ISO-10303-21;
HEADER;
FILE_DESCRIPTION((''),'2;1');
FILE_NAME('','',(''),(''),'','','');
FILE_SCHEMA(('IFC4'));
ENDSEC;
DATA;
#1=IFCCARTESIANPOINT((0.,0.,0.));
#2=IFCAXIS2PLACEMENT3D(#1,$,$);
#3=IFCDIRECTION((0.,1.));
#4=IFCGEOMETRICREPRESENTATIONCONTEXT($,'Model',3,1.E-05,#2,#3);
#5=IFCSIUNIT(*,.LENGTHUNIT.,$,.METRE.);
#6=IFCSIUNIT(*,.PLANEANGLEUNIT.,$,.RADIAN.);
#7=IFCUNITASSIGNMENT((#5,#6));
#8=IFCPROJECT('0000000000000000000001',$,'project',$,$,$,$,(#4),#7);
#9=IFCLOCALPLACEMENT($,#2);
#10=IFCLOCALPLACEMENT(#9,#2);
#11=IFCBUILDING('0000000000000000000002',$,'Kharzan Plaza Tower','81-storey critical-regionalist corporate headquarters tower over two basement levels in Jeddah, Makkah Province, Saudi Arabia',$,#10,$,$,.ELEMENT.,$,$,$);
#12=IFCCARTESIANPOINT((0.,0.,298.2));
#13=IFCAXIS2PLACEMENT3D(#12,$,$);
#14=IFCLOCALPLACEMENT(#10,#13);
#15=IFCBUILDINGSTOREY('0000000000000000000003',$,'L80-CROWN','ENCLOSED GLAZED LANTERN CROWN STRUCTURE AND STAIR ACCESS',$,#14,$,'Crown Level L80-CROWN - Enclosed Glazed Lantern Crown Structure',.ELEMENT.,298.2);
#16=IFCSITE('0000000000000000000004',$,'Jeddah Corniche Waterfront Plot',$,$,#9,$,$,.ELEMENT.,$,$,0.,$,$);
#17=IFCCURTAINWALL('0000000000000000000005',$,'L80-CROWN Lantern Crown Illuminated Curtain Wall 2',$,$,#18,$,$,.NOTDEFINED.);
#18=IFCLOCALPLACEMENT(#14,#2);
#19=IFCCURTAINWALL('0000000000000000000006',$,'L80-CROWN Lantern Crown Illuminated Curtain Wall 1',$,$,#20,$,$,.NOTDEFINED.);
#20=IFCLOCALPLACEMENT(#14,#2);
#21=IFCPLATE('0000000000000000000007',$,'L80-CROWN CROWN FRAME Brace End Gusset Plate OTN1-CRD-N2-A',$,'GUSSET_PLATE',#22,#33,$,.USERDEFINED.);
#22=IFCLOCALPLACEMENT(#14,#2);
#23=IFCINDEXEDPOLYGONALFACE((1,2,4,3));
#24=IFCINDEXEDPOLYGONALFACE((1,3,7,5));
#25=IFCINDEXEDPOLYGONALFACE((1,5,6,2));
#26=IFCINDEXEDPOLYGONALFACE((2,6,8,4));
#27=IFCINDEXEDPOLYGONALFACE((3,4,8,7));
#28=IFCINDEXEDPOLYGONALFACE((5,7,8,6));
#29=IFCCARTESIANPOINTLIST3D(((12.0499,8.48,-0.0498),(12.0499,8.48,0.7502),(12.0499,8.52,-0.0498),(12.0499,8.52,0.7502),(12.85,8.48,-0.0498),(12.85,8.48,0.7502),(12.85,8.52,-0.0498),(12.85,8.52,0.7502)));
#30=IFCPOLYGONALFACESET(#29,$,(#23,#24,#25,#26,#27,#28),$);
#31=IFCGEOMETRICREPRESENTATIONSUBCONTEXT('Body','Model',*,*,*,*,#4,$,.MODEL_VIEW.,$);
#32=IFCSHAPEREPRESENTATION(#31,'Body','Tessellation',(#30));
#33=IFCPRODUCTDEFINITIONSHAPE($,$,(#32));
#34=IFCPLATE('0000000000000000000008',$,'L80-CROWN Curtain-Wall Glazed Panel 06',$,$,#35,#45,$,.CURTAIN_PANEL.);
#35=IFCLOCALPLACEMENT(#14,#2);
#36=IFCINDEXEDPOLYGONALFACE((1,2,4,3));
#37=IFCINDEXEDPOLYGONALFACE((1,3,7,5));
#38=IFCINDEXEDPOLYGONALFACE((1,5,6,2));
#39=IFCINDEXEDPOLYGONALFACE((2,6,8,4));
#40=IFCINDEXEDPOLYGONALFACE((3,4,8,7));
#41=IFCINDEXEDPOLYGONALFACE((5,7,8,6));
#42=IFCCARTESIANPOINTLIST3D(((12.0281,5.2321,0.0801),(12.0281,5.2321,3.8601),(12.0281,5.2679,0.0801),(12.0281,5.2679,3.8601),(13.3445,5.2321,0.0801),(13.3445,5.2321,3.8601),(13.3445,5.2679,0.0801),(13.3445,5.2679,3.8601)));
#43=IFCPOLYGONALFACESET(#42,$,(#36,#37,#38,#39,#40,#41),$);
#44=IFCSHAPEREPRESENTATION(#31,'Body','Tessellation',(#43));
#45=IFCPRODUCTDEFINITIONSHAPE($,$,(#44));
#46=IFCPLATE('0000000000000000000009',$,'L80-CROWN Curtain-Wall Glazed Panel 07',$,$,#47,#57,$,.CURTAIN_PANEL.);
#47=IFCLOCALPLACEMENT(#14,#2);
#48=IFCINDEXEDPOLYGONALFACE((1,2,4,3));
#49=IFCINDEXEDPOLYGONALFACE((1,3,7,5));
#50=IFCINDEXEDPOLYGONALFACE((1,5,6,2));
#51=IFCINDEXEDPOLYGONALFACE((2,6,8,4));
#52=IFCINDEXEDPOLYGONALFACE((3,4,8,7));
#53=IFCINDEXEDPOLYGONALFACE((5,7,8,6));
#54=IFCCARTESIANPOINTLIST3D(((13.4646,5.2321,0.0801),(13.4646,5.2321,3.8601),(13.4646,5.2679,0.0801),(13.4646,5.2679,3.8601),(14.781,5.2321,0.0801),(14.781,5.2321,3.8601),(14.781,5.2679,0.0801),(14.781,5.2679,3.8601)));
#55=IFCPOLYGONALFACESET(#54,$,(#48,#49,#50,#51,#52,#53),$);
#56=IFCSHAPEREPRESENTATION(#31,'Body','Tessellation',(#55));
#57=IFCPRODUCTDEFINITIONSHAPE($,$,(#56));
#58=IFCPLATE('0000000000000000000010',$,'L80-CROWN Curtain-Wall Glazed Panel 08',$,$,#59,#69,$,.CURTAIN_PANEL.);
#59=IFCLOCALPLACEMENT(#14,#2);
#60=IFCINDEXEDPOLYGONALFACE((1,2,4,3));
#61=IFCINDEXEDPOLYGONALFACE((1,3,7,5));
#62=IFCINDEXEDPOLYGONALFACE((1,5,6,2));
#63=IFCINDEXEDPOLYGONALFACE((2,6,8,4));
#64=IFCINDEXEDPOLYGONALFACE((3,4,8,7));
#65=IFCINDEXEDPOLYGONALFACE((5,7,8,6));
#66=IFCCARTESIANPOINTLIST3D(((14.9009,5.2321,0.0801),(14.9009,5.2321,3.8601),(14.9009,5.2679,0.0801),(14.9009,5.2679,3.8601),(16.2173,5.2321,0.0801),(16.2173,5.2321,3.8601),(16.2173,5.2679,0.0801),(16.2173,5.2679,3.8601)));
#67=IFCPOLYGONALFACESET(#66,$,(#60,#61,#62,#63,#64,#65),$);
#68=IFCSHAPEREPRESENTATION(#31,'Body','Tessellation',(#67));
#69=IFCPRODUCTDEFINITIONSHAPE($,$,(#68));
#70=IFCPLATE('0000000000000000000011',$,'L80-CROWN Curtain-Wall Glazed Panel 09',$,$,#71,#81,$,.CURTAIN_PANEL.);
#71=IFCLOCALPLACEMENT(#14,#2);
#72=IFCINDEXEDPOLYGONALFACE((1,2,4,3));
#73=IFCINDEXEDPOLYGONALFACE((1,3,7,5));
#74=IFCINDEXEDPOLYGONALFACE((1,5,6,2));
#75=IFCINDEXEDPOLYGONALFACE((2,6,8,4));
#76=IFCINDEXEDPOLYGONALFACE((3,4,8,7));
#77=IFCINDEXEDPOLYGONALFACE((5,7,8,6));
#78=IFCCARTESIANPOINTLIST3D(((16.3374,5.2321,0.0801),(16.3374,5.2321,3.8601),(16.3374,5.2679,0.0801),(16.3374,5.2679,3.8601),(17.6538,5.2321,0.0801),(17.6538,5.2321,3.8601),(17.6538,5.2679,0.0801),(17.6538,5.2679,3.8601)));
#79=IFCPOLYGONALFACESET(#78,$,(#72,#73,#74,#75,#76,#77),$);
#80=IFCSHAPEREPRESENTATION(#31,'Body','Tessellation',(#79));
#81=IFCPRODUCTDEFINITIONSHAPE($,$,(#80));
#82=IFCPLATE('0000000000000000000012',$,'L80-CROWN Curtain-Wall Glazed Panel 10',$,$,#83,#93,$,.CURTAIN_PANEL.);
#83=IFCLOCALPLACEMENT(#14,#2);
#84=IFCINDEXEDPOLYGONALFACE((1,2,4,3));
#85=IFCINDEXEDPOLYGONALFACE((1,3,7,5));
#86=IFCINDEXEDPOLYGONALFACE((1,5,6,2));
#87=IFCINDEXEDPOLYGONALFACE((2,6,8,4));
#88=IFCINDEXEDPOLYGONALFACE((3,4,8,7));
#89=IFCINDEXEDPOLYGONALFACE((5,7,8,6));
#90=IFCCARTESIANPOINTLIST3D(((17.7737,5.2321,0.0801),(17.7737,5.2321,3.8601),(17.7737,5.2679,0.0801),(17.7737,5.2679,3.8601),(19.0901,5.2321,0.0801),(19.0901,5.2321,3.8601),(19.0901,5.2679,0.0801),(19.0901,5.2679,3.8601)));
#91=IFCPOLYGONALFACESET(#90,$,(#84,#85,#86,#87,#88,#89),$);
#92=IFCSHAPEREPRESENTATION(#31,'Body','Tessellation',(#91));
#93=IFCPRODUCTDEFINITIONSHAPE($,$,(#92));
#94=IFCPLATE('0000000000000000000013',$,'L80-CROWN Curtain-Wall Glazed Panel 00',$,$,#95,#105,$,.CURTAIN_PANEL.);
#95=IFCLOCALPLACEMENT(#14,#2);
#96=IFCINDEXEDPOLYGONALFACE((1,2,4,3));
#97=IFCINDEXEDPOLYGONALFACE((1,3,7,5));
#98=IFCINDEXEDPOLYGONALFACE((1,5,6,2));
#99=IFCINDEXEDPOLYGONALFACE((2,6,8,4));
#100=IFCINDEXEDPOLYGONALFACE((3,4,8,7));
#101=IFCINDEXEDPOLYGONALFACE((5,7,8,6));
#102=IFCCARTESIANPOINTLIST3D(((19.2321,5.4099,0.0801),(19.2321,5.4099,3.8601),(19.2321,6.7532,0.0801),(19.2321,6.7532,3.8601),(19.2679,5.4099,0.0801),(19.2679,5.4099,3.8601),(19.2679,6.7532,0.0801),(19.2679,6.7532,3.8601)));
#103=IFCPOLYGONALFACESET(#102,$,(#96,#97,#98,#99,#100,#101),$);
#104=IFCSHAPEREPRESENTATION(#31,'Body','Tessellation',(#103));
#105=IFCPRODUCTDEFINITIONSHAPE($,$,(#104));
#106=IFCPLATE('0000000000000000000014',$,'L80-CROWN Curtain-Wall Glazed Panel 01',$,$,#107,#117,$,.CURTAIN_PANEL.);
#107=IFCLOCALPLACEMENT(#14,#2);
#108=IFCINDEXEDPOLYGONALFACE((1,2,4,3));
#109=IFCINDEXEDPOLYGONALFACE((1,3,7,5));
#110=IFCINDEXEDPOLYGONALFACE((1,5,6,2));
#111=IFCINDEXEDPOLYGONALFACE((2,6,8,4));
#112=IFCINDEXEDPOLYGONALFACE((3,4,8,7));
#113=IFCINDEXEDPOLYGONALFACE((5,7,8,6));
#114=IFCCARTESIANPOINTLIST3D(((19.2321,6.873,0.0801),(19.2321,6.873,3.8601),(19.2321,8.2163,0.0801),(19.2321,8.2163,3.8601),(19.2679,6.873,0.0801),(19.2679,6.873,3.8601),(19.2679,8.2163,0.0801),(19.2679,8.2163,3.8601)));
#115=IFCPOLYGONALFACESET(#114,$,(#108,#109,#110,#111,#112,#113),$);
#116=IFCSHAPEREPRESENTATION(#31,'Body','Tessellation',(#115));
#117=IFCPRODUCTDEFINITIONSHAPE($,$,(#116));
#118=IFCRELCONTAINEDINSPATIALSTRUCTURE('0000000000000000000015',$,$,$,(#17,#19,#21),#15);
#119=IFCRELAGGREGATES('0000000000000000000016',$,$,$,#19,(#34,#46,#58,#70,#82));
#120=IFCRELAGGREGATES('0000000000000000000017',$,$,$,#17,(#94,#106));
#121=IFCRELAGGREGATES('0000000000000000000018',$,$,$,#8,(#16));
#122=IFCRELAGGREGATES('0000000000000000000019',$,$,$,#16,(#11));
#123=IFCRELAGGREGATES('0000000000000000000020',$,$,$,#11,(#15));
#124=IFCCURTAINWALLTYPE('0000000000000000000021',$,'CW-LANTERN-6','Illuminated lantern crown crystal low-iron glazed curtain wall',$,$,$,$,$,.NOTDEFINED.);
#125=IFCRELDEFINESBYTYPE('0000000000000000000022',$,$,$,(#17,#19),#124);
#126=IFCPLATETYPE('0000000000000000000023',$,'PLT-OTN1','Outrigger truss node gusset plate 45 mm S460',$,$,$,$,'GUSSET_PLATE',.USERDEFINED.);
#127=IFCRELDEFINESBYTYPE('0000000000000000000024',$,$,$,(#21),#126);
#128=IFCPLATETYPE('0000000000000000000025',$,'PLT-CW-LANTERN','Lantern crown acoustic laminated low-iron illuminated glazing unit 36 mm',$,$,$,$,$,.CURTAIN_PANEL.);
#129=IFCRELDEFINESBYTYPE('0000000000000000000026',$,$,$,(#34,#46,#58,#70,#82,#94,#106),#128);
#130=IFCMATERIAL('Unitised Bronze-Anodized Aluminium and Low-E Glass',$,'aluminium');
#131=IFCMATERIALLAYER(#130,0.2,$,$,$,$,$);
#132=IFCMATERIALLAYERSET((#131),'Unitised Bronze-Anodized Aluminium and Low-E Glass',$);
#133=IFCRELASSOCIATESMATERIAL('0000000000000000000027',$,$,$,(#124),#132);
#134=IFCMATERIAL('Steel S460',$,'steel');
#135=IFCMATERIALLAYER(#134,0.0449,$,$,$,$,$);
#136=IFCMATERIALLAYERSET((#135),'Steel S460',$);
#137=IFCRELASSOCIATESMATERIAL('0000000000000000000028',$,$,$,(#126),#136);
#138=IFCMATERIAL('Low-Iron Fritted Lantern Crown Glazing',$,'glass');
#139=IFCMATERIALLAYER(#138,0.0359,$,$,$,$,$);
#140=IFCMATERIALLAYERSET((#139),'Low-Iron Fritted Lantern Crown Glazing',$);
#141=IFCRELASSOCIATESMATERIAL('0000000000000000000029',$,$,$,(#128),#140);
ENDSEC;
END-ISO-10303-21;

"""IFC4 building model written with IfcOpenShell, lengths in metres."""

from ifc_helpers import new_model, si_unit, direction, frame, origin, origin_2d, place, context, subcontext, project, spatial, rectangle, extrude, source, transform, mapped, material, layer, layer_set, type_object, element, aggregate, save


model = new_model("IFC4")

# Units and contexts
model_context = context("Model", 3, precision=1e-05, world=origin(), true_north=direction((0.0, 1.0)))
body_context = subcontext(model_context, "Body", "Model", "MODEL_VIEW")
ifc_project = project(units=[si_unit("LENGTHUNIT", "METRE"), si_unit("PLANEANGLEUNIT", "RADIAN")], contexts=[model_context])

# Site, building, storey
site_placement = place(None, origin())
site = spatial("IfcSite", under=ifc_project, at=site_placement, Name="Jeddah Corniche Waterfront Plot", CompositionType="ELEMENT", RefElevation=0.0)
building_placement = place(site_placement, origin())
building = spatial("IfcBuilding", under=site, at=building_placement, Name="Kharzan Plaza Tower", Description="81-storey critical-regionalist corporate headquarters tower over two basement levels in Jeddah, Makkah Province, Saudi Arabia", CompositionType="ELEMENT")
storey_placement = place(building_placement, frame((0.0, 0.0, 298.2)))
storey = spatial("IfcBuildingStorey", under=building, at=storey_placement, Name="L80-CROWN", Description="ENCLOSED GLAZED LANTERN CROWN STRUCTURE AND STAIR ACCESS", LongName="Crown Level L80-CROWN - Enclosed Glazed Lantern Crown Structure", CompositionType="ELEMENT", Elevation=298.2)

# Curtain wall
ifc_material_1 = material(Name="Unitised Bronze-Anodized Aluminium and Low-E Glass", Category="aluminium")
ifc_layer_1 = layer(ifc_material_1, 0.2)
ifc_layer_set_1 = layer_set([ifc_layer_1], Name="Unitised Bronze-Anodized Aluminium and Low-E Glass")
curtain_wall_type = type_object("IfcCurtainWallType", Name="CW-LANTERN-6", Description="Illuminated lantern crown crystal low-iron glazed curtain wall", PredefinedType="NOTDEFINED", material=ifc_layer_set_1)
curtain_wall_1_placement = place(storey_placement, origin())
curtain_wall_1 = element("IfcCurtainWall", 1, at=curtain_wall_1_placement, inside=storey, type_object=curtain_wall_type, Name="L80-CROWN Lantern Crown Illuminated Curtain Wall 2", PredefinedType="NOTDEFINED")

# Curtain wall
curtain_wall_2_placement = place(storey_placement, origin())
curtain_wall_2 = element("IfcCurtainWall", 2, at=curtain_wall_2_placement, inside=storey, type_object=curtain_wall_type, Name="L80-CROWN Lantern Crown Illuminated Curtain Wall 1", PredefinedType="NOTDEFINED")

# Plates
ifc_material_2 = material(Name="Steel S460", Category="steel")
ifc_layer_2 = layer(ifc_material_2, 0.0449)
ifc_layer_set_2 = layer_set([ifc_layer_2], Name="Steel S460")
plate_type_1 = type_object("IfcPlateType", Name="PLT-OTN1", Description="Outrigger truss node gusset plate 45 mm S460", ElementType="GUSSET_PLATE", PredefinedType="USERDEFINED", material=ifc_layer_set_2)
shared_shape_1 = source(origin(), body_context, "Body", "SweptSolid", [
    extrude(rectangle(XDim=0.8, YDim=0.04, at=origin_2d()), origin(), (0.0, 0.0, 1.0), 0.8),
])
plate_1_placement = place(storey_placement, frame((12.45, 8.5, -0.0498), z_axis=(0.0, 0.0, 1.0), x_axis=(1.0, 0.0, 0.0)))
element("IfcPlate", 3, at=plate_1_placement, inside=storey, type_object=plate_type_1, Name="L80-CROWN CROWN FRAME Brace End Gusset Plate OTN1-CRD-N2-A", ObjectType="GUSSET_PLATE", PredefinedType="USERDEFINED", context=body_context, shape_type="MappedRepresentation", body=[
    mapped(shared_shape_1, transform((0.0, 0.0, 0.0), x_axis=(1.0, 0.0, 0.0), y_axis=(0.0, 1.0, 0.0), z_axis=(0.0, 0.0, 1.0))),
])
ifc_material_3 = material(Name="Low-Iron Fritted Lantern Crown Glazing", Category="glass")
ifc_layer_3 = layer(ifc_material_3, 0.0359)
ifc_layer_set_3 = layer_set([ifc_layer_3], Name="Low-Iron Fritted Lantern Crown Glazing")
plate_type_2 = type_object("IfcPlateType", Name="PLT-CW-LANTERN", Description="Lantern crown acoustic laminated low-iron illuminated glazing unit 36 mm", PredefinedType="CURTAIN_PANEL", material=ifc_layer_set_3)
shared_shape_2 = source(origin(), body_context, "Body", "SweptSolid", [
    extrude(rectangle(XDim=1.3164, YDim=0.0359, at=origin_2d()), origin(), (0.0, 0.0, 1.0), 3.78),
])
plate_2_placement = place(storey_placement, frame((12.6863, 5.25, 0.0801), z_axis=(0.0, 0.0, 1.0), x_axis=(1.0, 0.0, 0.0)))
plate_2 = element("IfcPlate", 4, at=plate_2_placement, type_object=plate_type_2, Name="L80-CROWN Curtain-Wall Glazed Panel 06", PredefinedType="CURTAIN_PANEL", context=body_context, shape_type="MappedRepresentation", body=[
    mapped(shared_shape_2, transform((0.0, 0.0, 0.0), x_axis=(1.0, 0.0, 0.0), y_axis=(0.0, 1.0, 0.0), z_axis=(0.0, 0.0, 1.0))),
])
plate_3_placement = place(storey_placement, frame((14.1228, 5.25, 0.0801), z_axis=(0.0, 0.0, 1.0), x_axis=(1.0, 0.0, 0.0)))
plate_3 = element("IfcPlate", 5, at=plate_3_placement, type_object=plate_type_2, Name="L80-CROWN Curtain-Wall Glazed Panel 07", PredefinedType="CURTAIN_PANEL", context=body_context, shape_type="MappedRepresentation", body=[
    mapped(shared_shape_2, transform((0.0, 0.0, 0.0), x_axis=(1.0, 0.0, 0.0), y_axis=(0.0, 1.0, 0.0), z_axis=(0.0, 0.0, 1.0))),
])
plate_4_placement = place(storey_placement, frame((15.5591, 5.25, 0.0801), z_axis=(0.0, 0.0, 1.0), x_axis=(1.0, 0.0, 0.0)))
plate_4 = element("IfcPlate", 6, at=plate_4_placement, type_object=plate_type_2, Name="L80-CROWN Curtain-Wall Glazed Panel 08", PredefinedType="CURTAIN_PANEL", context=body_context, shape_type="MappedRepresentation", body=[
    mapped(shared_shape_2, transform((0.0, 0.0, 0.0), x_axis=(1.0, 0.0, 0.0), y_axis=(0.0, 1.0, 0.0), z_axis=(0.0, 0.0, 1.0))),
])
plate_5_placement = place(storey_placement, frame((16.9956, 5.25, 0.0801), z_axis=(0.0, 0.0, 1.0), x_axis=(1.0, 0.0, 0.0)))
plate_5 = element("IfcPlate", 7, at=plate_5_placement, type_object=plate_type_2, Name="L80-CROWN Curtain-Wall Glazed Panel 09", PredefinedType="CURTAIN_PANEL", context=body_context, shape_type="MappedRepresentation", body=[
    mapped(shared_shape_2, transform((0.0, 0.0, 0.0), x_axis=(1.0, 0.0, 0.0), y_axis=(0.0, 1.0, 0.0), z_axis=(0.0, 0.0, 1.0))),
])
plate_6_placement = place(storey_placement, frame((18.4319, 5.25, 0.0801), z_axis=(0.0, 0.0, 1.0), x_axis=(1.0, 0.0, 0.0)))
plate_6 = element("IfcPlate", 8, at=plate_6_placement, type_object=plate_type_2, Name="L80-CROWN Curtain-Wall Glazed Panel 10", PredefinedType="CURTAIN_PANEL", context=body_context, shape_type="MappedRepresentation", body=[
    mapped(shared_shape_2, transform((0.0, 0.0, 0.0), x_axis=(1.0, 0.0, 0.0), y_axis=(0.0, 1.0, 0.0), z_axis=(0.0, 0.0, 1.0))),
])
aggregate(curtain_wall_2, [plate_2, plate_3, plate_4, plate_5, plate_6])
shared_shape_3 = source(origin(), body_context, "Body", "SweptSolid", [
    extrude(rectangle(XDim=1.3433, YDim=0.0359, at=origin_2d()), origin(), (0.0, 0.0, 1.0), 3.78),
])
plate_7_placement = place(storey_placement, frame((19.25, 6.0815, 0.0801), z_axis=(0.0, 0.0, 1.0), x_axis=(0.0, 1.0, 0.0)))
plate_7 = element("IfcPlate", 9, at=plate_7_placement, type_object=plate_type_2, Name="L80-CROWN Curtain-Wall Glazed Panel 00", PredefinedType="CURTAIN_PANEL", context=body_context, shape_type="MappedRepresentation", body=[
    mapped(shared_shape_3, transform((0.0, 0.0, 0.0), x_axis=(1.0, 0.0, 0.0), y_axis=(0.0, 1.0, 0.0), z_axis=(0.0, 0.0, 1.0))),
])
plate_8_placement = place(storey_placement, frame((19.25, 7.5447, 0.0801), z_axis=(0.0, 0.0, 1.0), x_axis=(0.0, 1.0, 0.0)))
plate_8 = element("IfcPlate", 10, at=plate_8_placement, type_object=plate_type_2, Name="L80-CROWN Curtain-Wall Glazed Panel 01", PredefinedType="CURTAIN_PANEL", context=body_context, shape_type="MappedRepresentation", body=[
    mapped(shared_shape_3, transform((0.0, 0.0, 0.0), x_axis=(1.0, 0.0, 0.0), y_axis=(0.0, 1.0, 0.0), z_axis=(0.0, 0.0, 1.0))),
])
aggregate(curtain_wall_1, [plate_7, plate_8])

save(model, "model.ifc")
